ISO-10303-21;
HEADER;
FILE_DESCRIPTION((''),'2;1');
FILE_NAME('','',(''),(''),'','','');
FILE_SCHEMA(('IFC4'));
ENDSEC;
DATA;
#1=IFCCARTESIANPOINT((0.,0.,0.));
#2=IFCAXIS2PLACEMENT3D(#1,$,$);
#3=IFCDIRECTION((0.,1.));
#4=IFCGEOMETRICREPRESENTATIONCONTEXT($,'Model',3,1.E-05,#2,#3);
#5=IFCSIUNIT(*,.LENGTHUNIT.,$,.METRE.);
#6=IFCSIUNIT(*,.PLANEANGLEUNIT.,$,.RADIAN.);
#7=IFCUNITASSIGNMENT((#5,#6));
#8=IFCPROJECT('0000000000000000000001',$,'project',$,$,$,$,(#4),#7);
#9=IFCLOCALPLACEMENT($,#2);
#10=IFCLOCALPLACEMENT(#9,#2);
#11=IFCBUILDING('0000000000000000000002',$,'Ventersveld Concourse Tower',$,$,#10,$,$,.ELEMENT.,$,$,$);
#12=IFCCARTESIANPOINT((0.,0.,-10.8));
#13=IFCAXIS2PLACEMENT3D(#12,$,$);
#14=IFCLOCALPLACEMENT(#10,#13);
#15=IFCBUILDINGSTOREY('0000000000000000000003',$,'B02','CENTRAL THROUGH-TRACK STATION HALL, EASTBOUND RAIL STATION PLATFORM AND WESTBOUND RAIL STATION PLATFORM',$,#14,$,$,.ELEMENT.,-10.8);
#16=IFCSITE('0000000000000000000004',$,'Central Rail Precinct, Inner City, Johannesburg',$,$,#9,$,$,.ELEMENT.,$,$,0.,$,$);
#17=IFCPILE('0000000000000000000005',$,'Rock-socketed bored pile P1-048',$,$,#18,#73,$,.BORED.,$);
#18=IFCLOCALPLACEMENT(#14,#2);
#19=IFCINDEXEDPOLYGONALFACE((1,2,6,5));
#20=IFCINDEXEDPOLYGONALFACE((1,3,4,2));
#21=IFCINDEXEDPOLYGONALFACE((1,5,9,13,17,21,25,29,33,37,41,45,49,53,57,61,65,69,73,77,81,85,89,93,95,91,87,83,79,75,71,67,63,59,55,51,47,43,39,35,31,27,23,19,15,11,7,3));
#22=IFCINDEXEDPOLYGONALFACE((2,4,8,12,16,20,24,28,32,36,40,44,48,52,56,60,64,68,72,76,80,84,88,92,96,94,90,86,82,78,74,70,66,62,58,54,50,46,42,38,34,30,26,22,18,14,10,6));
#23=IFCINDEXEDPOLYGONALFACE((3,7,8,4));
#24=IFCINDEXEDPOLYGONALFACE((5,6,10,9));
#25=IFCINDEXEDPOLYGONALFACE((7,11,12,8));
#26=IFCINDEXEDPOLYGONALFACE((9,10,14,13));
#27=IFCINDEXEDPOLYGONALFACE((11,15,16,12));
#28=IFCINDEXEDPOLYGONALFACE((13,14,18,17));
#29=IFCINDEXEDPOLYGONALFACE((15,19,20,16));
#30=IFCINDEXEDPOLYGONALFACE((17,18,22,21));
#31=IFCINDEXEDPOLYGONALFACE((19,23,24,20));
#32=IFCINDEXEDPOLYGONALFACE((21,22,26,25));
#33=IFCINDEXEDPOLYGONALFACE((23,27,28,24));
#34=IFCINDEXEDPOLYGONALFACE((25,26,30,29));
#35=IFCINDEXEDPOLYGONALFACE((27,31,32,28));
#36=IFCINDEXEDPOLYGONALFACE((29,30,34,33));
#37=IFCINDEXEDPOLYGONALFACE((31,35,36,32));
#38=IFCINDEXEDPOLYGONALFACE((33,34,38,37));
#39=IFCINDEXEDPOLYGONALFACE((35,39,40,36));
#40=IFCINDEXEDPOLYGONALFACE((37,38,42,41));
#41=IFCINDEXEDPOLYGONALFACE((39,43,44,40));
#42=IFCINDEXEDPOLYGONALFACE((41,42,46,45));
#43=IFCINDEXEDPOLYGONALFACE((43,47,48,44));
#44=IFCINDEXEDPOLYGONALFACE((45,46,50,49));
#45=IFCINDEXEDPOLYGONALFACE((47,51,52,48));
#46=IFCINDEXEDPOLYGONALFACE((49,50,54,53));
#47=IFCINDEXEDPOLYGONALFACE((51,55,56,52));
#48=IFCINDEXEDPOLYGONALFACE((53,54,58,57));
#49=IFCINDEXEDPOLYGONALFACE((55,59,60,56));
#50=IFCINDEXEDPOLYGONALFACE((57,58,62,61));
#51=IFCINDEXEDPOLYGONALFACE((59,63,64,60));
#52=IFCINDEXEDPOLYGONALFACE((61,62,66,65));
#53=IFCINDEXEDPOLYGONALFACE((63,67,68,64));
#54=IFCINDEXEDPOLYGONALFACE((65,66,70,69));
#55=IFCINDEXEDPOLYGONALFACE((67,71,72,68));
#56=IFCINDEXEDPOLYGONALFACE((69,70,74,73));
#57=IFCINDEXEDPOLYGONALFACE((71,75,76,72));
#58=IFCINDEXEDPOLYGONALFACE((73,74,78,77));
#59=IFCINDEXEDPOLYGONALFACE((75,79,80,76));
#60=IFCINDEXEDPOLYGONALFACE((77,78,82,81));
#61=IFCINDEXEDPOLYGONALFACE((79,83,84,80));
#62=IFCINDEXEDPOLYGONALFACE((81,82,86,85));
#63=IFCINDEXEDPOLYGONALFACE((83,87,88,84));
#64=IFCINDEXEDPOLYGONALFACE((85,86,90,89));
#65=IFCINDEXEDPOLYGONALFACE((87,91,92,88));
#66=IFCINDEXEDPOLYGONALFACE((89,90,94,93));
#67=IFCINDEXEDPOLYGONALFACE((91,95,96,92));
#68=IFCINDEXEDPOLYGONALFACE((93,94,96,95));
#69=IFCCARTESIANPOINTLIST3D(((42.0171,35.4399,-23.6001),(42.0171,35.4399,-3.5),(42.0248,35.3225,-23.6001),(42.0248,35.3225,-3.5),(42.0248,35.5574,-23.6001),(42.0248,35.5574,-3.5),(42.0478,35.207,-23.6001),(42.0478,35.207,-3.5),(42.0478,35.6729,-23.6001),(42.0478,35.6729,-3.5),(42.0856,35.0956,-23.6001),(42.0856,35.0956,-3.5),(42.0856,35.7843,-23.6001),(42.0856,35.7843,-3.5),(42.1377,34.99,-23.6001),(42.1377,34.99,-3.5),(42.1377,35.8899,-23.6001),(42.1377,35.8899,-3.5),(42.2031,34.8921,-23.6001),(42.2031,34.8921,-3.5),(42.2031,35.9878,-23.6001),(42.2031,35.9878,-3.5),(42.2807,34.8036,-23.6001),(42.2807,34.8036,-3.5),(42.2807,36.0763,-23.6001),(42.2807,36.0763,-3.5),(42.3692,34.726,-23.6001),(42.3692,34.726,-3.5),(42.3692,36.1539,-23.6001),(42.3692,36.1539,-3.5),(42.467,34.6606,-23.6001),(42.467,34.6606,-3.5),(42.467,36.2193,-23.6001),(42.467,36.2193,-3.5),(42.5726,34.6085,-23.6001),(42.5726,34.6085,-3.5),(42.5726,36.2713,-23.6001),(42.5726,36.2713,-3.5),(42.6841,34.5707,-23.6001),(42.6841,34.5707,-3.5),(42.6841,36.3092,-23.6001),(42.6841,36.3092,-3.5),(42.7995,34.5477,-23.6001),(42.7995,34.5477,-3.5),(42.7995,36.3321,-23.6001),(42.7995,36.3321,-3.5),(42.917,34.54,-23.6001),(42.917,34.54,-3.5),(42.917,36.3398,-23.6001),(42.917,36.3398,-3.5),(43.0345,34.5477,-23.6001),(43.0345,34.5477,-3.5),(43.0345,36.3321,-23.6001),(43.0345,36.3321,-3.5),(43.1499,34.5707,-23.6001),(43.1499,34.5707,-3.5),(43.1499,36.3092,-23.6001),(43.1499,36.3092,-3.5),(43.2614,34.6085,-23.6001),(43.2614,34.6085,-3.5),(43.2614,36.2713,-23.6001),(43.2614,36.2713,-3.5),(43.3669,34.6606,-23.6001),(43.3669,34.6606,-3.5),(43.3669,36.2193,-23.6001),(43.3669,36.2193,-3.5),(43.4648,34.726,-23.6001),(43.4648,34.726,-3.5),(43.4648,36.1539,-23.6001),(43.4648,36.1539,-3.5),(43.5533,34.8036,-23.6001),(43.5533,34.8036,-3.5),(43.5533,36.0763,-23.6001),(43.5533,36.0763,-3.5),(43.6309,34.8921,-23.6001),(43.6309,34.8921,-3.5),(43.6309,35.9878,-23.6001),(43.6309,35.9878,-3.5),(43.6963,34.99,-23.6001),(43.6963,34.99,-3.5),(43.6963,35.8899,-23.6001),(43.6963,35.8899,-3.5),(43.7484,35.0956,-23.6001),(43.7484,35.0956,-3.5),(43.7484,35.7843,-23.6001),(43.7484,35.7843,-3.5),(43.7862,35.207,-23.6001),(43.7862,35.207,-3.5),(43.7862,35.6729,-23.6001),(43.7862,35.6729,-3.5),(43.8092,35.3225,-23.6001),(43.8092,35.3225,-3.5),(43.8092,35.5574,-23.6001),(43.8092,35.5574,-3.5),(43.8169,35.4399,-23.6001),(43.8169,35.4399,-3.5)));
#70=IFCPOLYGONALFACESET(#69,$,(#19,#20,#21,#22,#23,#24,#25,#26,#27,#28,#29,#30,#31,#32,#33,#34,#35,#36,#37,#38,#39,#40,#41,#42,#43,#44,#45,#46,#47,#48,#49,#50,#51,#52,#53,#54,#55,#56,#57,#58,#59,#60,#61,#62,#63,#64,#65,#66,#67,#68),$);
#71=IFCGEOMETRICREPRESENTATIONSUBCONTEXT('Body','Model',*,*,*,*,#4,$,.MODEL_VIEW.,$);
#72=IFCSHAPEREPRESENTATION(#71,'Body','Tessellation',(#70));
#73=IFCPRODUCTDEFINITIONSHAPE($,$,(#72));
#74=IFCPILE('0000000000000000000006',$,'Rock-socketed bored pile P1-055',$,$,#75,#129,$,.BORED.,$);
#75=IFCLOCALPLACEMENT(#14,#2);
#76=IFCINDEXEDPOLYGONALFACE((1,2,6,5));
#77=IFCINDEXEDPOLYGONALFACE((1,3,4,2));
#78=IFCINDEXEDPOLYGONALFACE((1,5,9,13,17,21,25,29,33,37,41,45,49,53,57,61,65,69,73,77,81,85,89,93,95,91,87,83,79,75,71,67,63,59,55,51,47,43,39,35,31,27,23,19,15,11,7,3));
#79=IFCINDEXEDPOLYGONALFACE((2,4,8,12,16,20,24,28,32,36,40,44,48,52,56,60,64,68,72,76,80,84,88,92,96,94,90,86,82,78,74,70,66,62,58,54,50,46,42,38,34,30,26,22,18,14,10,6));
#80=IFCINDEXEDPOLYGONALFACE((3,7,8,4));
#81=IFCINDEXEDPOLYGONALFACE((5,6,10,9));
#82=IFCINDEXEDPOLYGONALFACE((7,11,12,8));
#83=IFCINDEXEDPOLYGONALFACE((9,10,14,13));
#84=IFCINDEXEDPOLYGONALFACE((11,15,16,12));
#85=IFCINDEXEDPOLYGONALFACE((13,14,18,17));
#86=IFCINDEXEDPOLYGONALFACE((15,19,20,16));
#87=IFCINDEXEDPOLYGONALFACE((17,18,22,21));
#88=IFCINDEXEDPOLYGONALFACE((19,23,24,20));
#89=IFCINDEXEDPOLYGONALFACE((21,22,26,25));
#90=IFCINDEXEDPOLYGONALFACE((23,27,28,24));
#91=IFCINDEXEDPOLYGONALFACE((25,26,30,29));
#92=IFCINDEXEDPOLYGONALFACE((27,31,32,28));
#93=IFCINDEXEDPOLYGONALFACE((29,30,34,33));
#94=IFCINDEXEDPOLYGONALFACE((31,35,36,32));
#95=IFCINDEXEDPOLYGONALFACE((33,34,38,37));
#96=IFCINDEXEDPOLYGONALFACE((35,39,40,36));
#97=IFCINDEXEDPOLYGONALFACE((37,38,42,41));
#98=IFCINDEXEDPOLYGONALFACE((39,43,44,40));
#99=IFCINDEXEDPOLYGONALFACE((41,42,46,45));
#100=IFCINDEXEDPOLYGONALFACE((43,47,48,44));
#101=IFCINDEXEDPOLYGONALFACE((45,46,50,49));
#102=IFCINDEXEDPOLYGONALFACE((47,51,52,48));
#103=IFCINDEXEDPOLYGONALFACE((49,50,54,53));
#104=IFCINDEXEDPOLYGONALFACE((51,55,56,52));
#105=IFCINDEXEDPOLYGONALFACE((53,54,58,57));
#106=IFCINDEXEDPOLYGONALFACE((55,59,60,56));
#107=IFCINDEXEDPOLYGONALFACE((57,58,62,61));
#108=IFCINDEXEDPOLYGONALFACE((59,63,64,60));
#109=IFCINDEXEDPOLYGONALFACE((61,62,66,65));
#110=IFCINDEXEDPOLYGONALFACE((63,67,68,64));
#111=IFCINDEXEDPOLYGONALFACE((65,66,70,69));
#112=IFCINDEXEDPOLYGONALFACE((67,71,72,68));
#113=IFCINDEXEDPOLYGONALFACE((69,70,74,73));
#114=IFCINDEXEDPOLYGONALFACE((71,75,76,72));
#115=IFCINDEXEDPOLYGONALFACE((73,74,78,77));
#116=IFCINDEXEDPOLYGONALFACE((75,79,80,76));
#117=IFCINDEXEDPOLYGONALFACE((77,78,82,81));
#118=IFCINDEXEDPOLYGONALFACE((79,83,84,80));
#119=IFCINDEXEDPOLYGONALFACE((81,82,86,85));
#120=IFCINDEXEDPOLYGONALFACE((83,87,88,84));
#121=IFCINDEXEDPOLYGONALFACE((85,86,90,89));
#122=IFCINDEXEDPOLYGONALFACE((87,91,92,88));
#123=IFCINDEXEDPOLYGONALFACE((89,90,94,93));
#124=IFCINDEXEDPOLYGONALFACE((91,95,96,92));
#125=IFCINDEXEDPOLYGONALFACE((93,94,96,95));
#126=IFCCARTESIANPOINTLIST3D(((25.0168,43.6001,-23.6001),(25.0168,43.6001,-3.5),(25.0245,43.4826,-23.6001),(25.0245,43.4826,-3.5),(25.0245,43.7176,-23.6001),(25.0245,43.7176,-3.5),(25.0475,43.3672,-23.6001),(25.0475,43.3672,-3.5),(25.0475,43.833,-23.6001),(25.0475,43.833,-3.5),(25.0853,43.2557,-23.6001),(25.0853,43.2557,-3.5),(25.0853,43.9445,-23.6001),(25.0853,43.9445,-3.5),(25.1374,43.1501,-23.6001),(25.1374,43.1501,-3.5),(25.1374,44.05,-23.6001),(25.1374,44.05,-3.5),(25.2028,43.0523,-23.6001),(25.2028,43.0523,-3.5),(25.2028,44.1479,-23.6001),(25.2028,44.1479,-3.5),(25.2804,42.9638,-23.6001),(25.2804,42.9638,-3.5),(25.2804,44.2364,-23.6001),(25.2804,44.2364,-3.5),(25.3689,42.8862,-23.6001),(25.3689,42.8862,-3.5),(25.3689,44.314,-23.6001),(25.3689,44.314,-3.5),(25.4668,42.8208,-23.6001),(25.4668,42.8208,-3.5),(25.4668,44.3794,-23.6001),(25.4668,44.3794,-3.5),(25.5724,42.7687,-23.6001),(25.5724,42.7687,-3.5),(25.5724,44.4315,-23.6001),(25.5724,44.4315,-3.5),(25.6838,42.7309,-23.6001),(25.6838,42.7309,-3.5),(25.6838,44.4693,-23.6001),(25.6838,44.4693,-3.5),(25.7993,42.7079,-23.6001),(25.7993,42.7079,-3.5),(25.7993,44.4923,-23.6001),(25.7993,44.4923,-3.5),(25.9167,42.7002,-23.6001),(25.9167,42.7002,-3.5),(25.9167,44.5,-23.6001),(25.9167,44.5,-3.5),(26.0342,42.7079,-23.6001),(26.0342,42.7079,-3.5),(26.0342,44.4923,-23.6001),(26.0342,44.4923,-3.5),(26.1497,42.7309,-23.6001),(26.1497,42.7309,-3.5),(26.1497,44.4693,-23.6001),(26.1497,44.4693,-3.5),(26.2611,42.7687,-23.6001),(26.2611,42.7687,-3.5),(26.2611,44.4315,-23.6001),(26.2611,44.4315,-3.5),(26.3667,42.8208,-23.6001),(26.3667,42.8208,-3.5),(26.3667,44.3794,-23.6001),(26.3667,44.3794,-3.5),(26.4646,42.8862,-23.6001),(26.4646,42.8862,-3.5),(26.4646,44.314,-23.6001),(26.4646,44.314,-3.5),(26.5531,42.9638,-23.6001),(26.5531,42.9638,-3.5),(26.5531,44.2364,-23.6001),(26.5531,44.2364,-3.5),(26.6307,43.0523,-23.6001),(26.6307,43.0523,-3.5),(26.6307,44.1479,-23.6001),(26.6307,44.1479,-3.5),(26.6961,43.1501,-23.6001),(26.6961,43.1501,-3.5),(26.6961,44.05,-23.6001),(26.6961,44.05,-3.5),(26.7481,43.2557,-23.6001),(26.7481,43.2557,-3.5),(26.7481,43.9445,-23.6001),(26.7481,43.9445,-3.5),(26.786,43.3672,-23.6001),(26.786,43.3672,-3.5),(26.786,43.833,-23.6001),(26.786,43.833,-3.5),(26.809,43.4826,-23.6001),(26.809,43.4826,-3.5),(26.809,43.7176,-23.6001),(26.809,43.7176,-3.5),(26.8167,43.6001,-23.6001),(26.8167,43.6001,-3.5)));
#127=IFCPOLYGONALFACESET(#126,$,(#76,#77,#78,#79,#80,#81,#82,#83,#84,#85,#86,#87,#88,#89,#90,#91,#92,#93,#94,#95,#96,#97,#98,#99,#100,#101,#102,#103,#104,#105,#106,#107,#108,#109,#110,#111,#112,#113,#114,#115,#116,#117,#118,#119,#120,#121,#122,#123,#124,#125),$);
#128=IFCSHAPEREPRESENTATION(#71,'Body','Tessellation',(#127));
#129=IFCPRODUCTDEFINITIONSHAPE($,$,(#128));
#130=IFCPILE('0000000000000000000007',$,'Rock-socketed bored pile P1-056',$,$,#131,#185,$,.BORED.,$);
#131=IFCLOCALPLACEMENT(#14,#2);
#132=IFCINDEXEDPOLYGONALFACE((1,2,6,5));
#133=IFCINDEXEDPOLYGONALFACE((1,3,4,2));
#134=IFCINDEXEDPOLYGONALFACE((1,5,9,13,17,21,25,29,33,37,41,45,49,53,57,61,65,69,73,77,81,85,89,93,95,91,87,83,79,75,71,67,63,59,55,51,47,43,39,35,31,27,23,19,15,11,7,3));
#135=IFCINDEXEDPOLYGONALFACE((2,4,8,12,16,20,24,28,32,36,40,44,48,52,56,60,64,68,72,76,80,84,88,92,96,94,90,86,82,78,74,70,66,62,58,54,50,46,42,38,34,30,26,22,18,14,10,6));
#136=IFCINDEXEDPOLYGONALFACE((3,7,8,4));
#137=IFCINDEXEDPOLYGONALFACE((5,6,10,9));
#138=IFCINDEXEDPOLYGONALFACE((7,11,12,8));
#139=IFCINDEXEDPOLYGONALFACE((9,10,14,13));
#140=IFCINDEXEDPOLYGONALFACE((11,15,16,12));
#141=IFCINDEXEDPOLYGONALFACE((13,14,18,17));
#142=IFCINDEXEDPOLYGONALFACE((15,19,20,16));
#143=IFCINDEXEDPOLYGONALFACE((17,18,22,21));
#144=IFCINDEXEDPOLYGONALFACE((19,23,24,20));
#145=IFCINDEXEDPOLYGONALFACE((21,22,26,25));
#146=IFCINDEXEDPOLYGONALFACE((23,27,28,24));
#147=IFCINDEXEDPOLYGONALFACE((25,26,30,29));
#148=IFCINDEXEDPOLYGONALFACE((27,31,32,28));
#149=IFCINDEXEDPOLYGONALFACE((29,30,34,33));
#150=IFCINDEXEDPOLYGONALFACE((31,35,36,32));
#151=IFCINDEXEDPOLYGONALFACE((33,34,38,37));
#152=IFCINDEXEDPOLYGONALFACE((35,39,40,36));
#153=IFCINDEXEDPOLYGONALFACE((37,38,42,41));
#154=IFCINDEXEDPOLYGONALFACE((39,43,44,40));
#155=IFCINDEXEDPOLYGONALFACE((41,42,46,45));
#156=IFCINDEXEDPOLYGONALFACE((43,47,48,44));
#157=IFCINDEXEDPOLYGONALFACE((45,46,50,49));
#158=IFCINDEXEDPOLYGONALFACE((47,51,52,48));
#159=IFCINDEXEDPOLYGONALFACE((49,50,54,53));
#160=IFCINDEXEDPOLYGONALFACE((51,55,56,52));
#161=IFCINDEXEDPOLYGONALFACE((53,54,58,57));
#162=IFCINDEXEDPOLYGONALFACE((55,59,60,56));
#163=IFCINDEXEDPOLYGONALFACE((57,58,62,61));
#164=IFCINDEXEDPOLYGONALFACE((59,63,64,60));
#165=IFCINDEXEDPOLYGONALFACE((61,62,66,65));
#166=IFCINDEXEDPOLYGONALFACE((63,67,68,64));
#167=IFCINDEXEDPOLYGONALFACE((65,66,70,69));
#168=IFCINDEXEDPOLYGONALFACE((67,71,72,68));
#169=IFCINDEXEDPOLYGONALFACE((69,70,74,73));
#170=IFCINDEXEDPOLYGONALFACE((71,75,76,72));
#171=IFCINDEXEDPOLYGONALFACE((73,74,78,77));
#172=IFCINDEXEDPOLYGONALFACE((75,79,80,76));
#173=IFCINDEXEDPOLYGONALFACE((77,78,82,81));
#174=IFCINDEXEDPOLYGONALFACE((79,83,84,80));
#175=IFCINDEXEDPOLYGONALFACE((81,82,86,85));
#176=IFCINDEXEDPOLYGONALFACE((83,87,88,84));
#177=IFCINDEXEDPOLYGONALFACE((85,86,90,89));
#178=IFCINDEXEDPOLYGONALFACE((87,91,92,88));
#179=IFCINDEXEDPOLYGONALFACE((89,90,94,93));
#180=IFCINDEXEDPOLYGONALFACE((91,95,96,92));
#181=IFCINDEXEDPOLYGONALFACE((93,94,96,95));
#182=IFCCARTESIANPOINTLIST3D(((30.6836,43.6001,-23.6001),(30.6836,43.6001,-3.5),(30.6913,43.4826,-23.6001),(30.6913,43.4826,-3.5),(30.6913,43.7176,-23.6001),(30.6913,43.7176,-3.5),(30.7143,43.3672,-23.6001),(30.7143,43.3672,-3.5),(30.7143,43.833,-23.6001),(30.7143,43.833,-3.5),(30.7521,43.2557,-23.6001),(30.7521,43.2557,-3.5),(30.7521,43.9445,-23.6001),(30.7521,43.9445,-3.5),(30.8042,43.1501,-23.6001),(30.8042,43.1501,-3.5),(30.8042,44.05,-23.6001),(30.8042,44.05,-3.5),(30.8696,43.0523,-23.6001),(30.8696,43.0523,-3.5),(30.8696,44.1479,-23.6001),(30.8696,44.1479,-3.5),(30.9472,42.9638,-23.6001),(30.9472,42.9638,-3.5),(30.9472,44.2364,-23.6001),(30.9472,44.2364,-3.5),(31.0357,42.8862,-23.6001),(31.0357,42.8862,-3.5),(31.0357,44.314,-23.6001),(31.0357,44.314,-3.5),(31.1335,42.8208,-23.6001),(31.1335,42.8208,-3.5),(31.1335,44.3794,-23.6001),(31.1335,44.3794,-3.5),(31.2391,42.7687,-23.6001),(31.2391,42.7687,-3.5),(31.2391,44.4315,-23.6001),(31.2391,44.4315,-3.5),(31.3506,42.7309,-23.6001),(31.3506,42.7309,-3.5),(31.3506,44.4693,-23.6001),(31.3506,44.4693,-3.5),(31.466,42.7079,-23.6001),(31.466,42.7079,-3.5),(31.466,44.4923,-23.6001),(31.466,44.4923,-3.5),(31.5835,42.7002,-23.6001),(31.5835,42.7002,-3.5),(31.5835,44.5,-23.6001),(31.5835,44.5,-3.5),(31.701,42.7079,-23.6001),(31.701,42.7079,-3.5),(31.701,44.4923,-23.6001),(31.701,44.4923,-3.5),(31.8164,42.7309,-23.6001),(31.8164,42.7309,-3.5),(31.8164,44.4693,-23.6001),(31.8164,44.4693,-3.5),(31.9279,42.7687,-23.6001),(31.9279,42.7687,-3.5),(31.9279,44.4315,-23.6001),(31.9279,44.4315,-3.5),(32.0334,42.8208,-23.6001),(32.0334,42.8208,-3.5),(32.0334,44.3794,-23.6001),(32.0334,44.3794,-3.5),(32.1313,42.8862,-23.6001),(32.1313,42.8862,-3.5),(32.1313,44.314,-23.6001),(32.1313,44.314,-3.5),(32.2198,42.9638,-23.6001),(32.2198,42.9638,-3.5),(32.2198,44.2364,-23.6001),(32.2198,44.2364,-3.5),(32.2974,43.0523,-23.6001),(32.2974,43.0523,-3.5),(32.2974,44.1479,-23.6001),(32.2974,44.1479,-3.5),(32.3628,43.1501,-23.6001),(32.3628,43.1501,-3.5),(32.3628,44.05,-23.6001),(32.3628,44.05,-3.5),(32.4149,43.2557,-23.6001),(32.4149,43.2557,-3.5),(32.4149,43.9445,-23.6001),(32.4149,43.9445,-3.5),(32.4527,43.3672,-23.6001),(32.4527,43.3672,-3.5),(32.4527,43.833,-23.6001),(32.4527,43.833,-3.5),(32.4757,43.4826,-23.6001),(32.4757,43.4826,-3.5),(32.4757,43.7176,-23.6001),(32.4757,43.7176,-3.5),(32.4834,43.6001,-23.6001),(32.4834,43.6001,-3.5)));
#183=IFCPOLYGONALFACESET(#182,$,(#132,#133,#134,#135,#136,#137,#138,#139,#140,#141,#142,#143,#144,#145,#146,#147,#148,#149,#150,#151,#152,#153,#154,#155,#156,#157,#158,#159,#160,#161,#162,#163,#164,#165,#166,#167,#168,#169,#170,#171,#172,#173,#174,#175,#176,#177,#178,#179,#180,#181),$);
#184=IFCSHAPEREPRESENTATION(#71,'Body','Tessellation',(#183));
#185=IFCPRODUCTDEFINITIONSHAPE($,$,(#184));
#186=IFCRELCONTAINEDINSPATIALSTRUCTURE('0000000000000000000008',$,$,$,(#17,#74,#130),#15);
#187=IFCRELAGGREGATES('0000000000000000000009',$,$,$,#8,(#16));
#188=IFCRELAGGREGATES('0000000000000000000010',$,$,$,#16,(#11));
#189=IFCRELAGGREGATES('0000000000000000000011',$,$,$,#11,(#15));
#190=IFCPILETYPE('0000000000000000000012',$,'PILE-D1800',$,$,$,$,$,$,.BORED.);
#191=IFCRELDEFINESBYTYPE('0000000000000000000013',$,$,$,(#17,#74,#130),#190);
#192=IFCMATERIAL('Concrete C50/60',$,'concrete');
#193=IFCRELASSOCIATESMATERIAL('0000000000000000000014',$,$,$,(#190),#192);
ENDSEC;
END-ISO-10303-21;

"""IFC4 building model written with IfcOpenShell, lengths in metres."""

from ifc_helpers import new_model, si_unit, direction, frame, origin, origin_2d, place, context, subcontext, project, spatial, circle, extrude, material, material_profile, profile_set, type_object, element, save


model = new_model("IFC4")

# Units and contexts
model_context = context("Model", 3, precision=1e-05, world=origin(), true_north=direction((0.0, 1.0)))
body_context = subcontext(model_context, "Body", "Model", "MODEL_VIEW")
ifc_project = project(units=[si_unit("LENGTHUNIT", "METRE"), si_unit("PLANEANGLEUNIT", "RADIAN")], contexts=[model_context])

# Site, building, storey
site_placement = place(None, origin())
site = spatial("IfcSite", under=ifc_project, at=site_placement, Name="Central Rail Precinct, Inner City, Johannesburg", CompositionType="ELEMENT", RefElevation=0.0)
building_placement = place(site_placement, origin())
building = spatial("IfcBuilding", under=site, at=building_placement, Name="Ventersveld Concourse Tower", CompositionType="ELEMENT")
storey_placement = place(building_placement, frame((0.0, 0.0, -10.8)))
storey = spatial("IfcBuildingStorey", under=building, at=storey_placement, Name="B02", Description="CENTRAL THROUGH-TRACK STATION HALL, EASTBOUND RAIL STATION PLATFORM AND WESTBOUND RAIL STATION PLATFORM", CompositionType="ELEMENT", Elevation=-10.8)

# Piles
ifc_material_1 = material(Name="Concrete C50/60", Category="concrete")
ifc_material_profile_1 = material_profile(ifc_material_1, circle(Radius=0.8999, at=origin_2d()), Name="PILE D1800")
ifc_profile_set_1 = profile_set([ifc_material_profile_1], Name="Concrete C50/60")
pile_type = type_object("IfcPileType", Name="PILE-D1800", PredefinedType="BORED", material=ifc_profile_set_1)
for number, where, z_axis, x_axis, name in (
    (1, (42.917, 35.4399, -3.5), (0.0, 0.0, -1.0), (1.0, 0.0, 0.0), "Rock-socketed bored pile P1-048"),
    (2, (25.9167, 43.6001, -3.5), (0.0, 0.0, -1.0), (1.0, 0.0, 0.0), "Rock-socketed bored pile P1-055"),
    (3, (31.5835, 43.6001, -3.5), (0.0, 0.0, -1.0), (1.0, 0.0, 0.0), "Rock-socketed bored pile P1-056"),
):
    element("IfcPile", number, at=place(storey_placement, frame(where, z_axis=z_axis, x_axis=x_axis)), inside=storey, type_object=pile_type, Name=name, PredefinedType="BORED", context=body_context, shape_type="SweptSolid", body=[
        extrude(circle(Radius=0.8999, at=origin_2d()), origin(), (0.0, 0.0, 1.0), 20.1001),
    ])

save(model, "model.ifc")
